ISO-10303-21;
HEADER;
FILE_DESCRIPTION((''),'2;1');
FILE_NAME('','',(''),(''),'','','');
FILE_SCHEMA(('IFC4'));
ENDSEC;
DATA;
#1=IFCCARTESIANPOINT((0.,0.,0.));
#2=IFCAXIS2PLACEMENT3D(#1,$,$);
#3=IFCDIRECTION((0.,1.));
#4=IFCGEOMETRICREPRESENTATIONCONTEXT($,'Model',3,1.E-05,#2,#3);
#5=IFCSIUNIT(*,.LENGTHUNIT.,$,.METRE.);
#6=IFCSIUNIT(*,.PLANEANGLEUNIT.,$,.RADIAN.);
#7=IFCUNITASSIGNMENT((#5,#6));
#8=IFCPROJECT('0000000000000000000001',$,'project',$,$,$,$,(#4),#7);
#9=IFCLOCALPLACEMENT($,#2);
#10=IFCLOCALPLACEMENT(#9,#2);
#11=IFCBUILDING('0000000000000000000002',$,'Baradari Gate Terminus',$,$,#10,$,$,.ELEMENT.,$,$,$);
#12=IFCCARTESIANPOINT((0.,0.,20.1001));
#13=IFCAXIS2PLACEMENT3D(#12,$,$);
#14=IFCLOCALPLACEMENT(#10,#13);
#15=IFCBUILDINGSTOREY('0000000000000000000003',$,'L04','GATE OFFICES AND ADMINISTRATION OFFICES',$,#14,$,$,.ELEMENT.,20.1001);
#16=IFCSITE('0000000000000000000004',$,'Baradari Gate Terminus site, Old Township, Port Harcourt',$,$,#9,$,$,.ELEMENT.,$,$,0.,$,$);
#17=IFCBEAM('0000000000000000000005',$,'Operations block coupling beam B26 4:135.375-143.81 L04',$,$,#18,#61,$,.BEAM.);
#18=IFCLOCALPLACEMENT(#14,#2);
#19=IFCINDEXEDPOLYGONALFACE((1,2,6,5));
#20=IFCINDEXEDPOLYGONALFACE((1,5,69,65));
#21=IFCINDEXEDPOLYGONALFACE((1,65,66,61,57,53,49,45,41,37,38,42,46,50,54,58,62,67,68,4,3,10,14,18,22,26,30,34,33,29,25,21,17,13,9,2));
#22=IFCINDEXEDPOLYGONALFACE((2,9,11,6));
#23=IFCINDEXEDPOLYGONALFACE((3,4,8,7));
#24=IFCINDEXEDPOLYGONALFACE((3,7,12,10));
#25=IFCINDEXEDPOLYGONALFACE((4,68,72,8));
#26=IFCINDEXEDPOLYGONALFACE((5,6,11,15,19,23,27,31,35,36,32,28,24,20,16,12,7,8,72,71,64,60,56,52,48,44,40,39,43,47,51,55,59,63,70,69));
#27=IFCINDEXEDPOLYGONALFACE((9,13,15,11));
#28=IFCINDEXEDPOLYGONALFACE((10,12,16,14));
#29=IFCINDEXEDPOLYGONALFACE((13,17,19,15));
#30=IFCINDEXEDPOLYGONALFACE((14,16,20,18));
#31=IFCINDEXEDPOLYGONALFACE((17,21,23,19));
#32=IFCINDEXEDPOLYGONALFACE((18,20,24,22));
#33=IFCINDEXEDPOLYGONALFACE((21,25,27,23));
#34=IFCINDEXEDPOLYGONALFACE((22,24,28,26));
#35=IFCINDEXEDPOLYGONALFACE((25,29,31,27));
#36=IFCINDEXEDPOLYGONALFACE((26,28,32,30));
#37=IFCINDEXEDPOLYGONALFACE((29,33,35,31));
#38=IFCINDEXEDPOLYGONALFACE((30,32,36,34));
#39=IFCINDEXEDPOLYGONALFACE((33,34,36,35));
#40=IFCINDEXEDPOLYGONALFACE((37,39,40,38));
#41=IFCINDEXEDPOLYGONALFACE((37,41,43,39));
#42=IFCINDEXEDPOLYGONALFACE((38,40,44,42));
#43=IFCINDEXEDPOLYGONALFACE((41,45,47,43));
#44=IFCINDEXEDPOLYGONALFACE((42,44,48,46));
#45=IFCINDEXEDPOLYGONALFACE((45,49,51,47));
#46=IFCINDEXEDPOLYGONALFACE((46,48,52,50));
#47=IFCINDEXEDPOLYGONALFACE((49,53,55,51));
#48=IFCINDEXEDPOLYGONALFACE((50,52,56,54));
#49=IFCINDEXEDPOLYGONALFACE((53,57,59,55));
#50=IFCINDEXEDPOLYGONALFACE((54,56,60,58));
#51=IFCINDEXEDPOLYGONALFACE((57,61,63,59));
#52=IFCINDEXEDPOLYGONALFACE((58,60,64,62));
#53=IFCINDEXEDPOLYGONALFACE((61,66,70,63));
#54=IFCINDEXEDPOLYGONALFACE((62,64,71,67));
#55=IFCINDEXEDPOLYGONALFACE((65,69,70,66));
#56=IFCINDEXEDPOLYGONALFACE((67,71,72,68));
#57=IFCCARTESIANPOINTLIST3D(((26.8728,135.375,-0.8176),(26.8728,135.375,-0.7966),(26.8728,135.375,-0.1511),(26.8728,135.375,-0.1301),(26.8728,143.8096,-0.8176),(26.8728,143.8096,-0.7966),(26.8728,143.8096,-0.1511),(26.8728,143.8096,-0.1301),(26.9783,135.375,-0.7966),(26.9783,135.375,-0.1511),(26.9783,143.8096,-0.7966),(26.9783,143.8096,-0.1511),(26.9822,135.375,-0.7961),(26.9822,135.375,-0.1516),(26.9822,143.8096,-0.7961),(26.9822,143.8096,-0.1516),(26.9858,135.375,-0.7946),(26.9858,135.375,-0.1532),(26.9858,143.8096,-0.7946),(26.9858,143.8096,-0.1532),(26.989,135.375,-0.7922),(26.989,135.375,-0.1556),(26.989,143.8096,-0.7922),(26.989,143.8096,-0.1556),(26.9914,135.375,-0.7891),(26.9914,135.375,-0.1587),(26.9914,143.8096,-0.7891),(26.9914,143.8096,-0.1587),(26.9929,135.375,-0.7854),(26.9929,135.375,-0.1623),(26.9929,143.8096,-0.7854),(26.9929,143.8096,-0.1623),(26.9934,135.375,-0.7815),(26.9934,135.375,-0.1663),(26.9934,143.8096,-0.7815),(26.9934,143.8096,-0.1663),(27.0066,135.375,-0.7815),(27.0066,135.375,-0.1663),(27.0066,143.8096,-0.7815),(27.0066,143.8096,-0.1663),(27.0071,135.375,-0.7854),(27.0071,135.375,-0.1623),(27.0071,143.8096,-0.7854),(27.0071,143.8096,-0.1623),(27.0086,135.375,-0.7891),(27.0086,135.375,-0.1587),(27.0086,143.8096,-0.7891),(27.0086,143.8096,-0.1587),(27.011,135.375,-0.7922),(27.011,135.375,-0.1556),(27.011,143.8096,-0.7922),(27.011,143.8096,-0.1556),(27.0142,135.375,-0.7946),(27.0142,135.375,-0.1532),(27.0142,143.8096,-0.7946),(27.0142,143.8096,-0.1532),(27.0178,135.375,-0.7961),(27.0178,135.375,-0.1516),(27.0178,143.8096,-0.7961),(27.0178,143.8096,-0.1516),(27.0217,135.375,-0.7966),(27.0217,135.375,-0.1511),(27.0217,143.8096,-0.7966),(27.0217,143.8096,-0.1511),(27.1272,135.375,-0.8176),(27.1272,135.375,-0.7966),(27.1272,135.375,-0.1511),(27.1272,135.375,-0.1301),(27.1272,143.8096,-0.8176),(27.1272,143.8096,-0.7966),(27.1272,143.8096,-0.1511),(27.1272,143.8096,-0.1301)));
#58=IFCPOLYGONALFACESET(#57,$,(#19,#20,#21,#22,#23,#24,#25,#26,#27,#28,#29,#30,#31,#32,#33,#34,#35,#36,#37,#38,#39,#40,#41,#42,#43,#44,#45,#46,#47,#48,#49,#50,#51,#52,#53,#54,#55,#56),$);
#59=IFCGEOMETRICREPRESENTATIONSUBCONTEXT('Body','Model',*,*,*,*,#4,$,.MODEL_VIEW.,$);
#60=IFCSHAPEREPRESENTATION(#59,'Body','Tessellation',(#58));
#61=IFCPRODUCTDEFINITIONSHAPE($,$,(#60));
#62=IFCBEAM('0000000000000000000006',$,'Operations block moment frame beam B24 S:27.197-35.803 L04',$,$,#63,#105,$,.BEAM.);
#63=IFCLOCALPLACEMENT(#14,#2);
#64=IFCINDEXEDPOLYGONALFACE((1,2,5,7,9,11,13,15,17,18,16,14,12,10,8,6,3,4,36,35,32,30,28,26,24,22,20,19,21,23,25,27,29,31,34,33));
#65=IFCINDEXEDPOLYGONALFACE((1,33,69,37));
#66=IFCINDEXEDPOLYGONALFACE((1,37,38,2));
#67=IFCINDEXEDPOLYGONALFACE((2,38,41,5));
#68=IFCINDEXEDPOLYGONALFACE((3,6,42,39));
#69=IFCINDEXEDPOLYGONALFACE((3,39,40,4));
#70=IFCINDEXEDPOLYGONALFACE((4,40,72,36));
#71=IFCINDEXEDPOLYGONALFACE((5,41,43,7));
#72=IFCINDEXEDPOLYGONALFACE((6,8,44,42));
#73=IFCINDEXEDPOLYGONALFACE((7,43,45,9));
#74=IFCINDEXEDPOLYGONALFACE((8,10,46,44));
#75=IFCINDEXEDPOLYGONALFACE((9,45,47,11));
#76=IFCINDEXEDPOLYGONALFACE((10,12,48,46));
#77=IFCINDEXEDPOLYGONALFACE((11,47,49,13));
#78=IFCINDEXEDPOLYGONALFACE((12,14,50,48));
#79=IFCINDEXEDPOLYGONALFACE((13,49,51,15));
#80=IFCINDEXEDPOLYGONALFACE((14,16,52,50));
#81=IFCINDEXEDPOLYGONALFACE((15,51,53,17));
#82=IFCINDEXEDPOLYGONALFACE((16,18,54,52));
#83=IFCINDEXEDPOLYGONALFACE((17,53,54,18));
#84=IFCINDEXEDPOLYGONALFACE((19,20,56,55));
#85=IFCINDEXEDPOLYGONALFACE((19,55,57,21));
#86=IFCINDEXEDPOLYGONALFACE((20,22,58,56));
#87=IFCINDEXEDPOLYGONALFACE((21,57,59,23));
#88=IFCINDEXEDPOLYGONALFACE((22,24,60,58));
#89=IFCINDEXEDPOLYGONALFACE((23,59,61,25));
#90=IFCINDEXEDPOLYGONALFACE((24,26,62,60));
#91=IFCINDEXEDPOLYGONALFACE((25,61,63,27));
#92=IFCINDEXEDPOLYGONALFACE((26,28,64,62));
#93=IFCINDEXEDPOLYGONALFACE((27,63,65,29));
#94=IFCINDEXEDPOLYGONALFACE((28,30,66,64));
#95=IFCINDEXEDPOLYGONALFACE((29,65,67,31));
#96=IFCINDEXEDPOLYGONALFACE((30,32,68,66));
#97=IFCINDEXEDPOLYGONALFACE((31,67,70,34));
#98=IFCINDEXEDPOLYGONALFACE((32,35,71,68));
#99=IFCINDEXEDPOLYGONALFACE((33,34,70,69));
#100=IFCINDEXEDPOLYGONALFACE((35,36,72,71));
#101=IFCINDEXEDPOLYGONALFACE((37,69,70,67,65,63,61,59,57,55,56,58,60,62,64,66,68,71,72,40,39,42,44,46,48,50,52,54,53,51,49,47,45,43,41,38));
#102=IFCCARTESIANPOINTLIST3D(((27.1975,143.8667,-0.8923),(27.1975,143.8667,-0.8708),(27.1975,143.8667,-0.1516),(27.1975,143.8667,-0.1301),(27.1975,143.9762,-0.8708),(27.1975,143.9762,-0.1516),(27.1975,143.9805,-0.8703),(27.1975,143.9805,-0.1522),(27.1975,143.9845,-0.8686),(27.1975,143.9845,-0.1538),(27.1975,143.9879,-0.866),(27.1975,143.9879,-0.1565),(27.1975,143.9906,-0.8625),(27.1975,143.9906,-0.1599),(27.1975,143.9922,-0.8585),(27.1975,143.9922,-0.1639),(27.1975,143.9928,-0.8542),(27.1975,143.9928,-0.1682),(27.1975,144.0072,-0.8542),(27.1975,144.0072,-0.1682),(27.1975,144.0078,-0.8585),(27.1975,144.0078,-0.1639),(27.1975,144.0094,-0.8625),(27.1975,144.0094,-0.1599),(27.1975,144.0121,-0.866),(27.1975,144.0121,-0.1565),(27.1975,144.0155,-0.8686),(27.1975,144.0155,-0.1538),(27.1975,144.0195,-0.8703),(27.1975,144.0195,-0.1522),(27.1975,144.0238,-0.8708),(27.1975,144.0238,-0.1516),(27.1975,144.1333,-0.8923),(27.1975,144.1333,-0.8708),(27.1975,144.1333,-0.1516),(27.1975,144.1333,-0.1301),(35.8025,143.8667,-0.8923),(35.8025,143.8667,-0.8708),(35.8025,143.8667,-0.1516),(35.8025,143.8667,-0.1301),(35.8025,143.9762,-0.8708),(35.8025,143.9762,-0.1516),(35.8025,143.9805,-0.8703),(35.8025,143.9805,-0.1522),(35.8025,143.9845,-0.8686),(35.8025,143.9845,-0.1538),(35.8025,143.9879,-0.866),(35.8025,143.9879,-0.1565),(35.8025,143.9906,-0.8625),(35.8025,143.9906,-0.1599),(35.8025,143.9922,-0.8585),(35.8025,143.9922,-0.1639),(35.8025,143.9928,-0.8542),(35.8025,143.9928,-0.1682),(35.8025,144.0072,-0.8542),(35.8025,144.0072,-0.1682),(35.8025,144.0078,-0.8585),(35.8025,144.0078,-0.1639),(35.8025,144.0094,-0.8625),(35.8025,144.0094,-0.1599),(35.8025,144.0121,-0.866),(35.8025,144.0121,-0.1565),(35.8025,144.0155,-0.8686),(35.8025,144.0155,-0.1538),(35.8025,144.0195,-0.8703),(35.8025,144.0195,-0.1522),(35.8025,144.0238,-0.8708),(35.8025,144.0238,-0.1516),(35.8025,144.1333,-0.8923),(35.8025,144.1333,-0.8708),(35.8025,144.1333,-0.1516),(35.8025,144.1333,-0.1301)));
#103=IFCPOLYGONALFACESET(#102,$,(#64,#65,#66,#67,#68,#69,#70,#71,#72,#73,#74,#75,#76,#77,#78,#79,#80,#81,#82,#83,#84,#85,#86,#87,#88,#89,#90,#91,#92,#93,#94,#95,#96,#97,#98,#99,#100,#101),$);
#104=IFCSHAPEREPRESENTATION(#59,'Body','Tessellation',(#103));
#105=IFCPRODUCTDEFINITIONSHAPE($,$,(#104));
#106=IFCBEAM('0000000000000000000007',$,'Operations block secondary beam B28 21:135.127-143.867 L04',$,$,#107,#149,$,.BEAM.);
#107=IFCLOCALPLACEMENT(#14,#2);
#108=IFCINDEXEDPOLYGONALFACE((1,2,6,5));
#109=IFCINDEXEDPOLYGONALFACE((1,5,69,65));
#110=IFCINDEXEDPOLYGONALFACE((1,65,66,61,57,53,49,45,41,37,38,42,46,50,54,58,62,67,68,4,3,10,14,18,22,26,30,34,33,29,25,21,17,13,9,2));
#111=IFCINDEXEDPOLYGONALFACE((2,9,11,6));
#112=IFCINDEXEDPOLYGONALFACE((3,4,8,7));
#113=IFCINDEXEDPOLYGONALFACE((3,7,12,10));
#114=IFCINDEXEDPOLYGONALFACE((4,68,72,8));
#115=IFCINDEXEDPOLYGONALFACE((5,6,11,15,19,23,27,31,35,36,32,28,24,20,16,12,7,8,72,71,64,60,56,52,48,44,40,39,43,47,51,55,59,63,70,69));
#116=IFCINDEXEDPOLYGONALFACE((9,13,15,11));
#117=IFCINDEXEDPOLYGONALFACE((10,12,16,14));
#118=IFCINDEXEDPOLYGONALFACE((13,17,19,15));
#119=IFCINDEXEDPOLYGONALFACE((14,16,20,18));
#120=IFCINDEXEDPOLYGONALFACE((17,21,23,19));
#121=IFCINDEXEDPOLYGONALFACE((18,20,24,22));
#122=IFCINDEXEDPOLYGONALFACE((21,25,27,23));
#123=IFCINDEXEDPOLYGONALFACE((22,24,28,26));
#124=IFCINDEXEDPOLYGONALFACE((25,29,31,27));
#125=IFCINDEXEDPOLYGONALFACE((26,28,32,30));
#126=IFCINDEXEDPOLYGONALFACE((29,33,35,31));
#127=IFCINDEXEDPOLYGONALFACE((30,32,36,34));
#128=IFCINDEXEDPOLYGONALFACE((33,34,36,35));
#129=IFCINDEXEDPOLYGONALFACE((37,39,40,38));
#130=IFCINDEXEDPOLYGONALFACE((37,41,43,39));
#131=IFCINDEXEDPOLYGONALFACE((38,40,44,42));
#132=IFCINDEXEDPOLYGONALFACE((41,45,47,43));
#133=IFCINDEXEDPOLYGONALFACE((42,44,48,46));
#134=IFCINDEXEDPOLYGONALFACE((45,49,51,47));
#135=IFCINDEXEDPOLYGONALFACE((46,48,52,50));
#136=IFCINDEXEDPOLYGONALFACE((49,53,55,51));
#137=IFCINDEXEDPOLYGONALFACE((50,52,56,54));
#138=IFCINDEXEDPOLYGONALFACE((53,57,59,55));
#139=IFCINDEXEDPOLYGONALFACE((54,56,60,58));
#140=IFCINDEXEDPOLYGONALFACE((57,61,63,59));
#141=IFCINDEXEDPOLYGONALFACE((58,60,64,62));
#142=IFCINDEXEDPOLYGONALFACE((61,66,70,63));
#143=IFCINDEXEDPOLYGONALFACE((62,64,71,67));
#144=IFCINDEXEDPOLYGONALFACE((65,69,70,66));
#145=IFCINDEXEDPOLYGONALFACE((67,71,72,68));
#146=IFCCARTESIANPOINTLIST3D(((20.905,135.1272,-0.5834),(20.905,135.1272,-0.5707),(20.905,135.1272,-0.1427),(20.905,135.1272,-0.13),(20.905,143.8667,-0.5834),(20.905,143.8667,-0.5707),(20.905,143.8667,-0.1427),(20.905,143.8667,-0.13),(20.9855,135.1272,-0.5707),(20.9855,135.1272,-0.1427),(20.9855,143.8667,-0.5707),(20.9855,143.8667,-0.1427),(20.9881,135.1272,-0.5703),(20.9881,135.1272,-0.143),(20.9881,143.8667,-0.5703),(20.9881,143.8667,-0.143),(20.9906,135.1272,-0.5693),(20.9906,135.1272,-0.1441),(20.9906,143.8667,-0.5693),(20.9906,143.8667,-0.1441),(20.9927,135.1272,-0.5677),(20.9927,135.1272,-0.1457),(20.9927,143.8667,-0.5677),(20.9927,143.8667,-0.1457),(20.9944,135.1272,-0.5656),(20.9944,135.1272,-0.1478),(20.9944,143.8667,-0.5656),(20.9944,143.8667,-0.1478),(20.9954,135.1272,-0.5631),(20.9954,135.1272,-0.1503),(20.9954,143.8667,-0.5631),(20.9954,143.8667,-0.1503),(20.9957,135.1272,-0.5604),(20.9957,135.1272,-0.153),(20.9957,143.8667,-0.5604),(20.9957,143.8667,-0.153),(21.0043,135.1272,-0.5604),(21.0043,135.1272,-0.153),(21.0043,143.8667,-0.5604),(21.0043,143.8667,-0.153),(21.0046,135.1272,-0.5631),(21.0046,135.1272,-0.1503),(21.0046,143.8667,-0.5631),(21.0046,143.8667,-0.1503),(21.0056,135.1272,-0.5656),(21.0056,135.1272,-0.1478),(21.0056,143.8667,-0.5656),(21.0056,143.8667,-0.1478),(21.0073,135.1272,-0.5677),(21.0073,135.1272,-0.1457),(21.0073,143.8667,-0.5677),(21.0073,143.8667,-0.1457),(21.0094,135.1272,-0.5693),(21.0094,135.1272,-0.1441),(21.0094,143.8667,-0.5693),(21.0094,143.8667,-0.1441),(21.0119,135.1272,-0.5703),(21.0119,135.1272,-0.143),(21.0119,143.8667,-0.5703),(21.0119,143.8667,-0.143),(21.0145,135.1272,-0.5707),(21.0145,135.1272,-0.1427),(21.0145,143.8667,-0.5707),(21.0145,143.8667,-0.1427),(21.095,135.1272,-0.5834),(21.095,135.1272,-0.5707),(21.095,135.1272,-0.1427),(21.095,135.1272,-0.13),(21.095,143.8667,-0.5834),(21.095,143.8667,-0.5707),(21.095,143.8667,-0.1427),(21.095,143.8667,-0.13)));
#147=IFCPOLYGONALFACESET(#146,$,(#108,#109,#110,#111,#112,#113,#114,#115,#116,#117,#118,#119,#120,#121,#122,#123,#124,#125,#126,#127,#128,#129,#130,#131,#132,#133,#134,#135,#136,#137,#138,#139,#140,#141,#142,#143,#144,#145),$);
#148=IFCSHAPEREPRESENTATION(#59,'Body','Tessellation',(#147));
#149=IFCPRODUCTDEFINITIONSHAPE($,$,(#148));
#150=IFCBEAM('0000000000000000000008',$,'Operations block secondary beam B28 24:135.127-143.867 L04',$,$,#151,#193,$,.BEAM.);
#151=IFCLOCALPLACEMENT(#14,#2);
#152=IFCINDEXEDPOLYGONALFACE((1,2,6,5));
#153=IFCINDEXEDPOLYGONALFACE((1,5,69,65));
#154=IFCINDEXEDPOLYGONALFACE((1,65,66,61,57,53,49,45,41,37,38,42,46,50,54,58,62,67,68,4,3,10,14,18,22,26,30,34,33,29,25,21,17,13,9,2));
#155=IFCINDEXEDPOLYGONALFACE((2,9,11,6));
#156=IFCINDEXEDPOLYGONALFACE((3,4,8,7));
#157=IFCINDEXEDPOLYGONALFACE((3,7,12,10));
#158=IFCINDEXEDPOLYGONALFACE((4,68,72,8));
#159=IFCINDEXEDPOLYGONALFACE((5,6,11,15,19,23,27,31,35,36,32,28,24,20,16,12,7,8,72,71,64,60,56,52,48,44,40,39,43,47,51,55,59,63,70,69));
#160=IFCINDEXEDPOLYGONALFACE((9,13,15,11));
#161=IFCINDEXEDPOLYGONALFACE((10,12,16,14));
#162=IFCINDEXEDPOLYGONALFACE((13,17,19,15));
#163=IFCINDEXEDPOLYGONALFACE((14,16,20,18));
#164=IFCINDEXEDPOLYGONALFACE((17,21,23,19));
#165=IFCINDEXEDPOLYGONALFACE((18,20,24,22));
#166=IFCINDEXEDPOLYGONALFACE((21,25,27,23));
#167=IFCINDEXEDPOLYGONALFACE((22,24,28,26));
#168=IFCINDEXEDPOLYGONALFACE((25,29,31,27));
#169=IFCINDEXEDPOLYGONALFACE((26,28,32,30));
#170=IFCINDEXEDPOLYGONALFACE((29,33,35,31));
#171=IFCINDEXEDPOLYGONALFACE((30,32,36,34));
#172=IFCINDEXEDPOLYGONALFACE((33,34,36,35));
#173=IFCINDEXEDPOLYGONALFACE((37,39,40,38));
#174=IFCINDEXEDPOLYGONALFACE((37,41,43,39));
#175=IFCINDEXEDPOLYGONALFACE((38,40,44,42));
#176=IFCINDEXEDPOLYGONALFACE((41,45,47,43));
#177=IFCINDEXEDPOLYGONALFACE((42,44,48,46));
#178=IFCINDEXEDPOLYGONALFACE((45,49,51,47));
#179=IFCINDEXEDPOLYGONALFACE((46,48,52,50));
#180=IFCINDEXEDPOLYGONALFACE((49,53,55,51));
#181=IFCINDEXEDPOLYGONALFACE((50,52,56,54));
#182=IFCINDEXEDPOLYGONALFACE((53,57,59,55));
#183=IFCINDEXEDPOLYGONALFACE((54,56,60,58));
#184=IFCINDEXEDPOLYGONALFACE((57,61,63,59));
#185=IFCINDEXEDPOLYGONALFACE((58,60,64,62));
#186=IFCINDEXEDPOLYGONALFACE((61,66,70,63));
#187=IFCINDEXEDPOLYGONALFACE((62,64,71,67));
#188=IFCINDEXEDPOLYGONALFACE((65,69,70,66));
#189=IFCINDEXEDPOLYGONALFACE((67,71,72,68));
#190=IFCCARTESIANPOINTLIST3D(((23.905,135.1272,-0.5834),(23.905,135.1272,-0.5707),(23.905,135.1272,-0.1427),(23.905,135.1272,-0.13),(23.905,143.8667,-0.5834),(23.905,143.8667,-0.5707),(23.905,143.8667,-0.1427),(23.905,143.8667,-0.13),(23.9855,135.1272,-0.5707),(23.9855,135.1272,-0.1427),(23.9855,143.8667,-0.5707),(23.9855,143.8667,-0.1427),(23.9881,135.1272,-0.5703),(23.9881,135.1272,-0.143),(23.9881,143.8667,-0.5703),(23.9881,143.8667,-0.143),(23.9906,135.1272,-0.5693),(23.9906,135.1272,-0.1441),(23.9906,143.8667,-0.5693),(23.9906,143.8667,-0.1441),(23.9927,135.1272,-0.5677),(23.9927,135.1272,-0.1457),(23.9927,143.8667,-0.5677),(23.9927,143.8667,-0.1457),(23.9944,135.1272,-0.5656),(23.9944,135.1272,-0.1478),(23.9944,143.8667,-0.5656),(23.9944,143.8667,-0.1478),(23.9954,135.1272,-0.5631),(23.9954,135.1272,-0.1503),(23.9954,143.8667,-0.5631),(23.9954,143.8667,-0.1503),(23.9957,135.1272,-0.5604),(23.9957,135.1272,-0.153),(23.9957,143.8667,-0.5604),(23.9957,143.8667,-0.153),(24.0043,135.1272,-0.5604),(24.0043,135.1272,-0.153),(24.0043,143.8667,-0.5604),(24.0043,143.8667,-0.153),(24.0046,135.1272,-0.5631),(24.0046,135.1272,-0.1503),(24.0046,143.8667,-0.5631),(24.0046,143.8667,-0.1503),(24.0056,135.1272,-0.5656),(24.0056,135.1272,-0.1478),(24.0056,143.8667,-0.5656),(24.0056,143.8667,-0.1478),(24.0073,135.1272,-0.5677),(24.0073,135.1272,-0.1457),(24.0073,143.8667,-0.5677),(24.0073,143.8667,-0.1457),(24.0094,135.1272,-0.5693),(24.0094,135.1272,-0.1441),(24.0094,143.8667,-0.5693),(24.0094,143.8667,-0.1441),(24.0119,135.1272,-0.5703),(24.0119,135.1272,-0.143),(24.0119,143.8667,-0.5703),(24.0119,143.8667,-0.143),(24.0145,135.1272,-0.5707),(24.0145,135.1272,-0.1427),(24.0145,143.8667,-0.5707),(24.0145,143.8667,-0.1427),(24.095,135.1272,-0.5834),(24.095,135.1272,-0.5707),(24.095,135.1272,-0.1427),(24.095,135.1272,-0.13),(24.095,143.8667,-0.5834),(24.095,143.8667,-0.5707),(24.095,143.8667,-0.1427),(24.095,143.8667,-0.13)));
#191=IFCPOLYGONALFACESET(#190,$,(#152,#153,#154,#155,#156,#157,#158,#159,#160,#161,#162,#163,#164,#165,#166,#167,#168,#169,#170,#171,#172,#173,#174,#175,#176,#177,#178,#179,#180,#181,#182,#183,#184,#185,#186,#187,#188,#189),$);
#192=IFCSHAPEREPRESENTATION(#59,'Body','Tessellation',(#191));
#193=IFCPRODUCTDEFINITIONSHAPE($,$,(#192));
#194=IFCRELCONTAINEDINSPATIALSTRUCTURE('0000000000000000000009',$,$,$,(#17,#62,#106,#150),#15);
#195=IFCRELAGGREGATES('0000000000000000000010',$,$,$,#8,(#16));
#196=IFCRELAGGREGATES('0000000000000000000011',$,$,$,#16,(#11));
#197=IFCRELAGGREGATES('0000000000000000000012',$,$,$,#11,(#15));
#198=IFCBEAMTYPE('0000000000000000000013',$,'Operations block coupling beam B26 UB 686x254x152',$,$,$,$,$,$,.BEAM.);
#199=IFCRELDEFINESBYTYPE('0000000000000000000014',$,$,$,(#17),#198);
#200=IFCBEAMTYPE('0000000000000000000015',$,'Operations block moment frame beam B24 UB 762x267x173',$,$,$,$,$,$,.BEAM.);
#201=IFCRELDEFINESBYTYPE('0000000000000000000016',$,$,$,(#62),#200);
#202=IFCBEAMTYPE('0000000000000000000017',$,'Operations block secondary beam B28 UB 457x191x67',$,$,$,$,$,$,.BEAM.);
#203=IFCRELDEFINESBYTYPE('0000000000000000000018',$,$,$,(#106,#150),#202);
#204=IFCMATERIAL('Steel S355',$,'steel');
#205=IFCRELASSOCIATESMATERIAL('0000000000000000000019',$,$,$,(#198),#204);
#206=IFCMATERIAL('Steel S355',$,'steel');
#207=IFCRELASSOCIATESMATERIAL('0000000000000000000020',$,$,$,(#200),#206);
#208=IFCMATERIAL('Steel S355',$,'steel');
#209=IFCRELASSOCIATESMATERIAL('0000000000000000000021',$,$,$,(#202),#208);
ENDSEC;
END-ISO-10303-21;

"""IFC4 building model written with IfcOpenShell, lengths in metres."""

from ifc_helpers import new_model, si_unit, direction, frame, origin, origin_2d, place, context, subcontext, project, spatial, i_section, extrude, material, material_profile, profile_set, type_object, element, save


model = new_model("IFC4")

# Units and contexts
model_context = context("Model", 3, precision=1e-05, world=origin(), true_north=direction((0.0, 1.0)))
body_context = subcontext(model_context, "Body", "Model", "MODEL_VIEW")
ifc_project = project(units=[si_unit("LENGTHUNIT", "METRE"), si_unit("PLANEANGLEUNIT", "RADIAN")], contexts=[model_context])

# Site, building, storey
site_placement = place(None, origin())
site = spatial("IfcSite", under=ifc_project, at=site_placement, Name="Baradari Gate Terminus site, Old Township, Port Harcourt", CompositionType="ELEMENT", RefElevation=0.0)
building_placement = place(site_placement, origin())
building = spatial("IfcBuilding", under=site, at=building_placement, Name="Baradari Gate Terminus", CompositionType="ELEMENT")
storey_placement = place(building_placement, frame((0.0, 0.0, 20.1001)))
storey = spatial("IfcBuildingStorey", under=building, at=storey_placement, Name="L04", Description="GATE OFFICES AND ADMINISTRATION OFFICES", CompositionType="ELEMENT", Elevation=20.1001)

# Beams
ifc_material_1 = material(Name="Steel S355", Category="steel")
ifc_material_profile_1 = material_profile(ifc_material_1, i_section(OverallWidth=0.2544, OverallDepth=0.6875, WebThickness=0.0132, FlangeThickness=0.021, FilletRadius=0.0151, at=origin_2d()), Name="UB 686x254x152")
ifc_profile_set_1 = profile_set([ifc_material_profile_1], Name="Steel S355")
beam_type_1 = type_object("IfcBeamType", Name="Operations block coupling beam B26 UB 686x254x152", PredefinedType="BEAM", material=ifc_profile_set_1)
beam_1_placement = place(storey_placement, frame((27.0, 135.375, -0.4739), z_axis=(0.0, 1.0, 0.0), x_axis=(-1.0, 0.0, 0.0)))
element("IfcBeam", 1, at=beam_1_placement, inside=storey, type_object=beam_type_1, Name="Operations block coupling beam B26 4:135.375-143.81 L04", PredefinedType="BEAM", context=body_context, shape_type="SweptSolid", body=[
    extrude(i_section(OverallWidth=0.2544, OverallDepth=0.6875, WebThickness=0.0132, FlangeThickness=0.021, FilletRadius=0.0151, at=origin_2d()), origin(), (0.0, 0.0, 1.0), 8.4346),
])
ifc_material_2 = material(Name="Steel S355", Category="steel")
ifc_material_profile_2 = material_profile(ifc_material_2, i_section(OverallWidth=0.2666, OverallDepth=0.7622, WebThickness=0.0144, FlangeThickness=0.0215, FilletRadius=0.0166, at=origin_2d()), Name="UB 762x267x173")
ifc_profile_set_2 = profile_set([ifc_material_profile_2], Name="Steel S355")
beam_type_2 = type_object("IfcBeamType", Name="Operations block moment frame beam B24 UB 762x267x173", PredefinedType="BEAM", material=ifc_profile_set_2)
beam_2_placement = place(storey_placement, frame((27.1975, 144.0, -0.5112), z_axis=(1.0, 0.0, 0.0), x_axis=(0.0, 1.0, 0.0)))
element("IfcBeam", 2, at=beam_2_placement, inside=storey, type_object=beam_type_2, Name="Operations block moment frame beam B24 S:27.197-35.803 L04", PredefinedType="BEAM", context=body_context, shape_type="SweptSolid", body=[
    extrude(i_section(OverallWidth=0.2666, OverallDepth=0.7622, WebThickness=0.0144, FlangeThickness=0.0215, FilletRadius=0.0166, at=origin_2d()), origin(), (0.0, 0.0, 1.0), 8.605),
])
ifc_material_3 = material(Name="Steel S355", Category="steel")
ifc_material_profile_3 = material_profile(ifc_material_3, i_section(OverallWidth=0.1899, OverallDepth=0.4534, WebThickness=0.0085, FlangeThickness=0.0127, FilletRadius=0.0103, at=origin_2d()), Name="UB 457x191x67")
ifc_profile_set_3 = profile_set([ifc_material_profile_3], Name="Steel S355")
beam_type_3 = type_object("IfcBeamType", Name="Operations block secondary beam B28 UB 457x191x67", PredefinedType="BEAM", material=ifc_profile_set_3)
for number, where, z_axis, x_axis, name in (
    (3, (21.0, 135.1272, -0.3567), (0.0, 1.0, 0.0), (-1.0, 0.0, 0.0), "Operations block secondary beam B28 21:135.127-143.867 L04"),
    (4, (24.0, 135.1272, -0.3567), (0.0, 1.0, 0.0), (-1.0, 0.0, 0.0), "Operations block secondary beam B28 24:135.127-143.867 L04"),
):
    element("IfcBeam", number, at=place(storey_placement, frame(where, z_axis=z_axis, x_axis=x_axis)), inside=storey, type_object=beam_type_3, Name=name, PredefinedType="BEAM", context=body_context, shape_type="SweptSolid", body=[
        extrude(i_section(OverallWidth=0.1899, OverallDepth=0.4534, WebThickness=0.0085, FlangeThickness=0.0127, FilletRadius=0.0103, at=origin_2d()), origin(), (0.0, 0.0, 1.0), 8.7395),
    ])

save(model, "model.ifc")
